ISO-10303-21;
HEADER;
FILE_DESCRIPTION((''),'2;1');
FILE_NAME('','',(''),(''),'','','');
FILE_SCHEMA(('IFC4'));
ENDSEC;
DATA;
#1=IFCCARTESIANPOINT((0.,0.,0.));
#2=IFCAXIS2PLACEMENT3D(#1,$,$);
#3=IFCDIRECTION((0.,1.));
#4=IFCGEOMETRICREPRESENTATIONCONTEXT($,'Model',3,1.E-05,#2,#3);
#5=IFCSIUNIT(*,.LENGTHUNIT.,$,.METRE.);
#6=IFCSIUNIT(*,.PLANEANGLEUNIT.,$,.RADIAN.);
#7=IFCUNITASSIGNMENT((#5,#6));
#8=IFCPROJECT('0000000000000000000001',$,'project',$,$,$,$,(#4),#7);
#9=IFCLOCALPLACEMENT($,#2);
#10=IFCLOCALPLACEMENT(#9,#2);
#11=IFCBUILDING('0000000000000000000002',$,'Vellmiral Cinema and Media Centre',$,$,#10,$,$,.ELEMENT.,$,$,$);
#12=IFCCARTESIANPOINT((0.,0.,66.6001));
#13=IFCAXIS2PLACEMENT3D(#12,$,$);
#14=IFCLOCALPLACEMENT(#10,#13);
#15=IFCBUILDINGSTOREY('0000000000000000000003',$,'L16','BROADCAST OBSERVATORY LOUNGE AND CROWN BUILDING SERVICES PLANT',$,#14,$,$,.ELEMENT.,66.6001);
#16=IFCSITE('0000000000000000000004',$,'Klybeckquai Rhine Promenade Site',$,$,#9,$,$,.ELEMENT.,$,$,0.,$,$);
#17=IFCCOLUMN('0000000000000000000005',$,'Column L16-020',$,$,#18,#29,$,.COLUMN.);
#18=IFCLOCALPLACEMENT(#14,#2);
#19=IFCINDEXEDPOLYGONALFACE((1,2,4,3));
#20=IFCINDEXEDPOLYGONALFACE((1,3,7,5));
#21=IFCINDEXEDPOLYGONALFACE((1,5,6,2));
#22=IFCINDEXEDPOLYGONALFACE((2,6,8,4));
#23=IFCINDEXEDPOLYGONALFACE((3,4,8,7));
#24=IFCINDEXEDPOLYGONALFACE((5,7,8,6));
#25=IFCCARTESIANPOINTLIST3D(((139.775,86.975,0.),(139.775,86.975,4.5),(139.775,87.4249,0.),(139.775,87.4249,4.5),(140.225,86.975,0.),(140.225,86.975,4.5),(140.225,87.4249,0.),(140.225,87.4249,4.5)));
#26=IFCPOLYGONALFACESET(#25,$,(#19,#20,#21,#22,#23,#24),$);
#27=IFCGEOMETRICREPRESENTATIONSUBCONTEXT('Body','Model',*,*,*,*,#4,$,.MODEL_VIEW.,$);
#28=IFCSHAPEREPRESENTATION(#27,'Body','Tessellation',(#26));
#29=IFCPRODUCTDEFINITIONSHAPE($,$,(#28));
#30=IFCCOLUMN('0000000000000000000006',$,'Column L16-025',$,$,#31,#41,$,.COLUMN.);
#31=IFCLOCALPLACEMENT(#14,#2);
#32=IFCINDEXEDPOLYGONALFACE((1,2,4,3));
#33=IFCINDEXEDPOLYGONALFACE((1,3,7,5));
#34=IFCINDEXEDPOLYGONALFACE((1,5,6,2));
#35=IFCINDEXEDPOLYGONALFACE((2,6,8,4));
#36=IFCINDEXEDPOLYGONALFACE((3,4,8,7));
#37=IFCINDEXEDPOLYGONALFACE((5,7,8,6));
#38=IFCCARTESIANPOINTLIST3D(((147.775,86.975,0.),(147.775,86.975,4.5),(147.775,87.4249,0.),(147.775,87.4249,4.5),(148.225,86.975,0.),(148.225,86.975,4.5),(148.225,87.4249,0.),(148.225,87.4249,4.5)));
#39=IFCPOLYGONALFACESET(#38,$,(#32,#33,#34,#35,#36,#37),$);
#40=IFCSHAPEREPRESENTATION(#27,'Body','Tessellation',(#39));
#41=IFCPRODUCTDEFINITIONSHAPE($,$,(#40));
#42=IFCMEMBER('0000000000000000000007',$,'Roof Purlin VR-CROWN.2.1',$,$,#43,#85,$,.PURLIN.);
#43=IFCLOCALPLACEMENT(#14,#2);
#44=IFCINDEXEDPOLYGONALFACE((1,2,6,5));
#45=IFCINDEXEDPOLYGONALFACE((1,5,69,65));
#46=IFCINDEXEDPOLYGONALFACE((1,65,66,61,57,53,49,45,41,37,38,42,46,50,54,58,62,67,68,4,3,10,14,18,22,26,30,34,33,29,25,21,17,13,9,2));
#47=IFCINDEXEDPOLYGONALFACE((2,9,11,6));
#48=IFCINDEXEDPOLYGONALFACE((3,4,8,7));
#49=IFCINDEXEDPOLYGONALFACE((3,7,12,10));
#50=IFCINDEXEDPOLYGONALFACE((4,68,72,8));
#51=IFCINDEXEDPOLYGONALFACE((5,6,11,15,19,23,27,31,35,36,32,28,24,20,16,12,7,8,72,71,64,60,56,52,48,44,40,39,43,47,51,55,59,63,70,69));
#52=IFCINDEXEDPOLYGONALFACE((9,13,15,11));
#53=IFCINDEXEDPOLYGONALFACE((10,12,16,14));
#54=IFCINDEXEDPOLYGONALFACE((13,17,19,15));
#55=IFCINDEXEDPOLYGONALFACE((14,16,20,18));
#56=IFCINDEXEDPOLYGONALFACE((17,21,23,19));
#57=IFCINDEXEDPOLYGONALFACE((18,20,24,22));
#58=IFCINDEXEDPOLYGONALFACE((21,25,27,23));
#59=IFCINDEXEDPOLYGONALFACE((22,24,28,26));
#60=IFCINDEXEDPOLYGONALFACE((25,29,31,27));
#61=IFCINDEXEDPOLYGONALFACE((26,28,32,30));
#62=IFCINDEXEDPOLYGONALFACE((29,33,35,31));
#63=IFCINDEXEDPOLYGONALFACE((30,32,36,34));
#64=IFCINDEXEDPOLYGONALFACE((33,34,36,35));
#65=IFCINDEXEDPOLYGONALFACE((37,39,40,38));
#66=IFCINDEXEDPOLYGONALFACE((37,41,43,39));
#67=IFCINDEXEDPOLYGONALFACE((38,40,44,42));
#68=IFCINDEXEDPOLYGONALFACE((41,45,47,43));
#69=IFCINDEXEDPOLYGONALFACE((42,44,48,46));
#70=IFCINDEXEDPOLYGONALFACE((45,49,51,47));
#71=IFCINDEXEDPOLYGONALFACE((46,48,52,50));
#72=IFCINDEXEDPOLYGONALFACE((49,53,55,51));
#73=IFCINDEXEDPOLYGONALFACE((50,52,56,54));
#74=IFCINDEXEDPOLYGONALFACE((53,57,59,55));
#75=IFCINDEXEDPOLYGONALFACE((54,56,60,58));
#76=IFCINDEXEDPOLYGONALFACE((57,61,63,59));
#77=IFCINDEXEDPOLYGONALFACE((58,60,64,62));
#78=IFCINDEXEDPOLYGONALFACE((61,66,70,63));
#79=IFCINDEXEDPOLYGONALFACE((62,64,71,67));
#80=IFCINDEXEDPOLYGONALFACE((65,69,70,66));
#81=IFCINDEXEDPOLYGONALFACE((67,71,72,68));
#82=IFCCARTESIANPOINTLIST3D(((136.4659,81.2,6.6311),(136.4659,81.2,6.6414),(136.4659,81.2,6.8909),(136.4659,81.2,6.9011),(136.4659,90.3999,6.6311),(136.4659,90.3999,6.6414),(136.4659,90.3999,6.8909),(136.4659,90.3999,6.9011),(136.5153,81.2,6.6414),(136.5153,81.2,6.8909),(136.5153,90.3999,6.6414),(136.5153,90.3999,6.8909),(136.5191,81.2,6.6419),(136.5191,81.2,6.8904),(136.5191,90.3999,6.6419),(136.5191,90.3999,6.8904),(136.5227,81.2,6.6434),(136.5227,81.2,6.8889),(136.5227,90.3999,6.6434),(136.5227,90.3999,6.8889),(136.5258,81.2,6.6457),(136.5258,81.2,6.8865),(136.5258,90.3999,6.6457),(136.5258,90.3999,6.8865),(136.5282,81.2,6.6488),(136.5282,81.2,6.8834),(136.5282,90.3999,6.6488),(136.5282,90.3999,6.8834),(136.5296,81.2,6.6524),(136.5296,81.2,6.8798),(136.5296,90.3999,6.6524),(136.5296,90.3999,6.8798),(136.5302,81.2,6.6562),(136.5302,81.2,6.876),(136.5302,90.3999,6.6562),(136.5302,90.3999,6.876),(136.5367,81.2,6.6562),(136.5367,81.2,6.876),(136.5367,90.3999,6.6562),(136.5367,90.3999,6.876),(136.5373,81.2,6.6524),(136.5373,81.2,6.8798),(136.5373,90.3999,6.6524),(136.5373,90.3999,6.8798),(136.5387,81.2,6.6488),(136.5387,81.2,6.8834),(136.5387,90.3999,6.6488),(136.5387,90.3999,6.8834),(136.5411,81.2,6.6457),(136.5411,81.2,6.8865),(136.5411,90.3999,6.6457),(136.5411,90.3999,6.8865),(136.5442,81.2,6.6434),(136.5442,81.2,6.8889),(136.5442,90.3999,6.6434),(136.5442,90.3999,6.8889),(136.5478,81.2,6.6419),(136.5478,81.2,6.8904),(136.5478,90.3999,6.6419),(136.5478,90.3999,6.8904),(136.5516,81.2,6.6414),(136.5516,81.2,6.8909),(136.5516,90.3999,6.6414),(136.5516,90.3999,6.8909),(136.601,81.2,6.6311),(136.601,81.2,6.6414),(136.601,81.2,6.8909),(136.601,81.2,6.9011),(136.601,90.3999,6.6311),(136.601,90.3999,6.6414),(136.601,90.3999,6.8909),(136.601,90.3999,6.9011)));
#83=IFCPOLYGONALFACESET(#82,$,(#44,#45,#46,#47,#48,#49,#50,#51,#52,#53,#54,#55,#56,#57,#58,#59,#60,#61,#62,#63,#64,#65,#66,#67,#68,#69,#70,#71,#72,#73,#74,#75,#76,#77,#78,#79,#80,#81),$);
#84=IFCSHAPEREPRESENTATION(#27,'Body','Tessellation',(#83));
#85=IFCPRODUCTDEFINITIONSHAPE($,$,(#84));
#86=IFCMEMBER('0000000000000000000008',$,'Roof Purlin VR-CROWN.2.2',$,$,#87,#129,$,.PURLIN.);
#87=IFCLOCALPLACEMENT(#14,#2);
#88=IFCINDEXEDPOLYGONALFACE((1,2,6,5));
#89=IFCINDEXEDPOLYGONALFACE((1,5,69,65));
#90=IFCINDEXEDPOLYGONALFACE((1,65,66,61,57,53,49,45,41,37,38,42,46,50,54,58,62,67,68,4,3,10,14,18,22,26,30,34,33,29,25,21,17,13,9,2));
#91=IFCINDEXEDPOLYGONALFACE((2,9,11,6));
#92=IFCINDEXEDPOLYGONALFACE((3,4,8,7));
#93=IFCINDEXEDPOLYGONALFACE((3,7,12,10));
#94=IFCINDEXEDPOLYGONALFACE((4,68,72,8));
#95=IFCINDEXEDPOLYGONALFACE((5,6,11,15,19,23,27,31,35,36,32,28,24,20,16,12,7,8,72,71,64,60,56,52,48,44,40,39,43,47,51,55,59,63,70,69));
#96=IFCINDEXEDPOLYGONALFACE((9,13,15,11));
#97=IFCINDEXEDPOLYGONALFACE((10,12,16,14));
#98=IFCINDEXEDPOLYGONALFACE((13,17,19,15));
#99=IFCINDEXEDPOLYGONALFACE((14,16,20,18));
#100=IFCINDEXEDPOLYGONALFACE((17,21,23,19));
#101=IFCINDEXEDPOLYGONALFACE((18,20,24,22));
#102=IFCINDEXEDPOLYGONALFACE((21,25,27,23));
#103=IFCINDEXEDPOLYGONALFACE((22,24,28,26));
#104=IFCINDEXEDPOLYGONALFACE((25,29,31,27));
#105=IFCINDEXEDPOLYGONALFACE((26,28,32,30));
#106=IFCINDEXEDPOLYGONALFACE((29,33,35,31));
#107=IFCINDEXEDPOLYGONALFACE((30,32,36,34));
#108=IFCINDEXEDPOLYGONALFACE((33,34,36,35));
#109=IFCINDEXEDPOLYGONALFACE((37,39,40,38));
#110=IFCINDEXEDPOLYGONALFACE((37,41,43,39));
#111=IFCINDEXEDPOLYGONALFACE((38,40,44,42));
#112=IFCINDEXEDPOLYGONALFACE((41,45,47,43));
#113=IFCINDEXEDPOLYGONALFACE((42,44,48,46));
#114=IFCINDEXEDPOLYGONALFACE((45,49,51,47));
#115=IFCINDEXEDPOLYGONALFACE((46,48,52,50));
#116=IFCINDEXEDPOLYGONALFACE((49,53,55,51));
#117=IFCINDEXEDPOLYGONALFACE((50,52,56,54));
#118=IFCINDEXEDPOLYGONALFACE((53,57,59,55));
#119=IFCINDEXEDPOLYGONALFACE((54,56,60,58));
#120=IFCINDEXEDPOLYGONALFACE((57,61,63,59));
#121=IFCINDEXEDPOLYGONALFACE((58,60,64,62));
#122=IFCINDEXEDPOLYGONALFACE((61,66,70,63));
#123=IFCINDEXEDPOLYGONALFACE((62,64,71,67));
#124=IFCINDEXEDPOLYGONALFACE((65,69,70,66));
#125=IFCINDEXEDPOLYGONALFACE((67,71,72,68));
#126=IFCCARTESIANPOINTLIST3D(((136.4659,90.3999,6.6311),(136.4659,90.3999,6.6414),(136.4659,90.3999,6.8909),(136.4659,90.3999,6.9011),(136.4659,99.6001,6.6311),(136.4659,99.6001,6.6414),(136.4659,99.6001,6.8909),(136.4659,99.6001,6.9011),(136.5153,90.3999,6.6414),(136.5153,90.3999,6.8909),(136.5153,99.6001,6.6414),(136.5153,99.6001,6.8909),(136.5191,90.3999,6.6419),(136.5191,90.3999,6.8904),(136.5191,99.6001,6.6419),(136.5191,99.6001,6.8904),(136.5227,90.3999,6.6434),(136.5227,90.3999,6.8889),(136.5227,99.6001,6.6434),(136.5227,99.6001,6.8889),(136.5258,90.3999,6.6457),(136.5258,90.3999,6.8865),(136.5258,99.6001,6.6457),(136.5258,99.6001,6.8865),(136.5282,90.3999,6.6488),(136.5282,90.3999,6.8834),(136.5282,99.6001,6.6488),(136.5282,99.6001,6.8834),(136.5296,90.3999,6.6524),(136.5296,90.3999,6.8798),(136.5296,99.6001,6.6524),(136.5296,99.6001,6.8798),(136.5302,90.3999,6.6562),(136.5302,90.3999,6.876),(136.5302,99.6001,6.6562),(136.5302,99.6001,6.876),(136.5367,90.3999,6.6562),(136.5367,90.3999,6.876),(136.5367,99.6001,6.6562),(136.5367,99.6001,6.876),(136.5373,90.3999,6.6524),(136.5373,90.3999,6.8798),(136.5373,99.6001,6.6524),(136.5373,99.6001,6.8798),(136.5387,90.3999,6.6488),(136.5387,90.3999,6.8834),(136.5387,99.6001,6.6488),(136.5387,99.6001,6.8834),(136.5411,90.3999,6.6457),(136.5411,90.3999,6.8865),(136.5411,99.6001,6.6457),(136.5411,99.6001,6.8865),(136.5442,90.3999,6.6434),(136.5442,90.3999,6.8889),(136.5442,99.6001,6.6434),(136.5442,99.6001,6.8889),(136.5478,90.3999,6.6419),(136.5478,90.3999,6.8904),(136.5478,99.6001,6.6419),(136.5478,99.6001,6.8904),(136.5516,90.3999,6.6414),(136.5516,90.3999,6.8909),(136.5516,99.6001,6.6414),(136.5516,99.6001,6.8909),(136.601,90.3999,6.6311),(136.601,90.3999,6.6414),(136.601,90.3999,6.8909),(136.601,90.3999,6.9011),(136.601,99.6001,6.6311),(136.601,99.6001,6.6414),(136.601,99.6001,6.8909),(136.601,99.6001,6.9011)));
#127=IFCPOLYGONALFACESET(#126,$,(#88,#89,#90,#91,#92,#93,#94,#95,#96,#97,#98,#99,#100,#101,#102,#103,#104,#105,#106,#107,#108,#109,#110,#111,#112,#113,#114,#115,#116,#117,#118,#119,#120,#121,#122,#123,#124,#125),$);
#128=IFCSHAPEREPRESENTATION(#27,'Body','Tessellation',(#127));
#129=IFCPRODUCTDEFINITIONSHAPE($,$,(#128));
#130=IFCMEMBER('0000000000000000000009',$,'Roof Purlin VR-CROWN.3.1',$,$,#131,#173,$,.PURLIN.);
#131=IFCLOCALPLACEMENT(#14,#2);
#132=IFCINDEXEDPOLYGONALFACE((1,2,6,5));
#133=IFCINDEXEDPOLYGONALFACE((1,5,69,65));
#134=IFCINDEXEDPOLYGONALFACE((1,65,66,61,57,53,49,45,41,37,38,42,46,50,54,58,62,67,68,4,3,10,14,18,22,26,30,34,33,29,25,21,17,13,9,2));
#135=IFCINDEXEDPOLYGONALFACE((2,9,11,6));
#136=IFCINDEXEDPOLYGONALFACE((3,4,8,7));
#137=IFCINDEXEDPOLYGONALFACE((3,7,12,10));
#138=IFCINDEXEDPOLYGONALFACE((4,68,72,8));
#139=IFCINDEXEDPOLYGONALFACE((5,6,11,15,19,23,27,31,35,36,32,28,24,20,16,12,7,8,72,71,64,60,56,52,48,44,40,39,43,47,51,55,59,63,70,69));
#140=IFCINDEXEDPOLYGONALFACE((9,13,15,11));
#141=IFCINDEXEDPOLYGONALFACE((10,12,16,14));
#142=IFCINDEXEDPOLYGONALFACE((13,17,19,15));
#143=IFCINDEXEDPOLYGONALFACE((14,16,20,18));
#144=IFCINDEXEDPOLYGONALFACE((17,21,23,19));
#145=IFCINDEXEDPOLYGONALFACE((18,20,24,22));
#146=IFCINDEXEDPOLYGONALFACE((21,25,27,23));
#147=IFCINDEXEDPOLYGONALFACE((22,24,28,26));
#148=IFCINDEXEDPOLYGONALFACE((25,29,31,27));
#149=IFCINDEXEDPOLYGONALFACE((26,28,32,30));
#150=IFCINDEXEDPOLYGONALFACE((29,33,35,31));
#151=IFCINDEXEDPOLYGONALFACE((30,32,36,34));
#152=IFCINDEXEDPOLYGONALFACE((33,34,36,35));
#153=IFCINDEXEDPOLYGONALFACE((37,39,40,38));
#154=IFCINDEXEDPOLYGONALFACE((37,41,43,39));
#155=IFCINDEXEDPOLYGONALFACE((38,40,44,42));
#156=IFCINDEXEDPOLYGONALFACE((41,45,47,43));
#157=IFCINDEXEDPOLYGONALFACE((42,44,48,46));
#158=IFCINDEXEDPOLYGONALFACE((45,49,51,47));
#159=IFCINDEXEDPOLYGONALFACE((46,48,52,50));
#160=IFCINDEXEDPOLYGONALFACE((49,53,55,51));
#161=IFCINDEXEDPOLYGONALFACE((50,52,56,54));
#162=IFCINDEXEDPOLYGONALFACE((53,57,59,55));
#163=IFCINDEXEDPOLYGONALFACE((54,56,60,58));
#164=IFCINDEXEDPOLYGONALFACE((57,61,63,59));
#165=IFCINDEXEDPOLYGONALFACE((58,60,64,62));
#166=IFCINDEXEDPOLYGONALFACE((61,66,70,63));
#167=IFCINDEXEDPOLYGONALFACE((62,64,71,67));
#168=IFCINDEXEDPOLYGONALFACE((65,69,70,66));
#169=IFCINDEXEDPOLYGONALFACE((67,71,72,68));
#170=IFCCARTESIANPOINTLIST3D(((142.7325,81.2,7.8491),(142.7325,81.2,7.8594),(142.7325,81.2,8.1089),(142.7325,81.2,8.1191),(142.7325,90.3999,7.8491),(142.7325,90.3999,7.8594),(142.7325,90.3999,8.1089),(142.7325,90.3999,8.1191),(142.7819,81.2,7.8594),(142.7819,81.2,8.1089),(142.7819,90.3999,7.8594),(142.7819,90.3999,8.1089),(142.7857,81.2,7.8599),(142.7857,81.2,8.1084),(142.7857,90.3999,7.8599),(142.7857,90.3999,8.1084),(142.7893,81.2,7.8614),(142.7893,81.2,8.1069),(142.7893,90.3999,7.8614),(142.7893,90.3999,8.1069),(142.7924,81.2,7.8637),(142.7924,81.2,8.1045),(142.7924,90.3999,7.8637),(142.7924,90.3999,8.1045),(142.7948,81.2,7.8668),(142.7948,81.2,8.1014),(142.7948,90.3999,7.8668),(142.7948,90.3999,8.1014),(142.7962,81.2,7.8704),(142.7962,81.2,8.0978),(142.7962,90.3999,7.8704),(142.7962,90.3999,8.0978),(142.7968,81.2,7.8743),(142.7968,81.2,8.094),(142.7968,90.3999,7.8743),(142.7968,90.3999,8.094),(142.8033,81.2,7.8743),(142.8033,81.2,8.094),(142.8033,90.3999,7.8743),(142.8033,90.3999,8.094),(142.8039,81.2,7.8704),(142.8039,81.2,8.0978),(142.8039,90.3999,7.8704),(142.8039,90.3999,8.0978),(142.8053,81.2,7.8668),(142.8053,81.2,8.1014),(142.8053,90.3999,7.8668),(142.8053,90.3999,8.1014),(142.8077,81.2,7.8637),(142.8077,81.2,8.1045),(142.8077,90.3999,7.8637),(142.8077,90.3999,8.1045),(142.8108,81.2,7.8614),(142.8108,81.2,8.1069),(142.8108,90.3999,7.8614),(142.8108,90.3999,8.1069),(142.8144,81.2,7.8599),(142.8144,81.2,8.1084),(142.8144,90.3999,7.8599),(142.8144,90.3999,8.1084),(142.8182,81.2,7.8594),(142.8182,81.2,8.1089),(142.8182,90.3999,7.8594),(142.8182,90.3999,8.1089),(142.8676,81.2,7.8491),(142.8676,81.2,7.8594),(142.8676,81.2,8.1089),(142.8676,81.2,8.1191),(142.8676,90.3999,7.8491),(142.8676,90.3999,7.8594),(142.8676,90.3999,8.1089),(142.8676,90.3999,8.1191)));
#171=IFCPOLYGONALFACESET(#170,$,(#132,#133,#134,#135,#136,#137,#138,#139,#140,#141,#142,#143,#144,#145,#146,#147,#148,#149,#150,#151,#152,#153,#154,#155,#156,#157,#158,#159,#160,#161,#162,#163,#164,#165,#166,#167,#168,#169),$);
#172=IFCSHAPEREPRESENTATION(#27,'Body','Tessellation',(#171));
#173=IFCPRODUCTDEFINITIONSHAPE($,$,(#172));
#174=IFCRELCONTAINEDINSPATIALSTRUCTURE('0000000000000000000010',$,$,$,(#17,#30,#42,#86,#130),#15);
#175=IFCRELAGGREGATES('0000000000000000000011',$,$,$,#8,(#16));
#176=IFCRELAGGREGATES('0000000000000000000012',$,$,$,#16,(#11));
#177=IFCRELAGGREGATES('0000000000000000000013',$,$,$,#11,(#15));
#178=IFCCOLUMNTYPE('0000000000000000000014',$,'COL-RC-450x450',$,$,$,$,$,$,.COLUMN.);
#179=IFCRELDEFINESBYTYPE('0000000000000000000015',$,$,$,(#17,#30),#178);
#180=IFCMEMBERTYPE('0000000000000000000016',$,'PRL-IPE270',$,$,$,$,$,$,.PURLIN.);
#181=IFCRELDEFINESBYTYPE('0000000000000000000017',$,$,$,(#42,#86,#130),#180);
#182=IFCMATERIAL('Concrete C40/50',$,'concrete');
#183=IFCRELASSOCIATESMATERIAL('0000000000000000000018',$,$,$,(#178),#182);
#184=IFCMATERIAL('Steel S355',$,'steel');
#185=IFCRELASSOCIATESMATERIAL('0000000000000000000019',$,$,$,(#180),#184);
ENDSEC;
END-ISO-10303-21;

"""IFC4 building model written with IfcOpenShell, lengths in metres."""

from ifc_helpers import new_model, si_unit, direction, frame, origin, origin_2d, place, context, subcontext, project, spatial, rectangle, i_section, extrude, material, material_profile, profile_set, type_object, element, save


model = new_model("IFC4")

# Units and contexts
model_context = context("Model", 3, precision=1e-05, world=origin(), true_north=direction((0.0, 1.0)))
body_context = subcontext(model_context, "Body", "Model", "MODEL_VIEW")
ifc_project = project(units=[si_unit("LENGTHUNIT", "METRE"), si_unit("PLANEANGLEUNIT", "RADIAN")], contexts=[model_context])

# Site, building, storey
site_placement = place(None, origin())
site = spatial("IfcSite", under=ifc_project, at=site_placement, Name="Klybeckquai Rhine Promenade Site", CompositionType="ELEMENT", RefElevation=0.0)
building_placement = place(site_placement, origin())
building = spatial("IfcBuilding", under=site, at=building_placement, Name="Vellmiral Cinema and Media Centre", CompositionType="ELEMENT")
storey_placement = place(building_placement, frame((0.0, 0.0, 66.6001)))
storey = spatial("IfcBuildingStorey", under=building, at=storey_placement, Name="L16", Description="BROADCAST OBSERVATORY LOUNGE AND CROWN BUILDING SERVICES PLANT", CompositionType="ELEMENT", Elevation=66.6001)

# Columns
ifc_material_1 = material(Name="Concrete C40/50", Category="concrete")
ifc_material_profile_1 = material_profile(ifc_material_1, rectangle(XDim=0.45, YDim=0.45, at=origin_2d()), Name="RC 450x450")
ifc_profile_set_1 = profile_set([ifc_material_profile_1], Name="Concrete C40/50")
column_type = type_object("IfcColumnType", Name="COL-RC-450x450", PredefinedType="COLUMN", material=ifc_profile_set_1)
for number, where, z_axis, x_axis, name in (
    (1, (140.0, 87.2, 0.0), (0.0, 0.0, 1.0), (1.0, 0.0, 0.0), "Column L16-020"),
    (2, (148.0, 87.2, 0.0), (0.0, 0.0, 1.0), (1.0, 0.0, 0.0), "Column L16-025"),
):
    element("IfcColumn", number, at=place(storey_placement, frame(where, z_axis=z_axis, x_axis=x_axis)), inside=storey, type_object=column_type, Name=name, PredefinedType="COLUMN", context=body_context, shape_type="SweptSolid", body=[
        extrude(rectangle(XDim=0.45, YDim=0.45, at=origin_2d()), origin(), (0.0, 0.0, 1.0), 4.5),
    ])

# Members
ifc_material_2 = material(Name="Steel S355", Category="steel")
ifc_material_profile_2 = material_profile(ifc_material_2, i_section(OverallWidth=0.135, OverallDepth=0.27, WebThickness=0.0066, FlangeThickness=0.0103, FilletRadius=0.0149, at=origin_2d()), Name="IPE 270")
ifc_profile_set_2 = profile_set([ifc_material_profile_2], Name="Steel S355")
member_type_1 = type_object("IfcMemberType", Name="PRL-IPE270", PredefinedType="PURLIN", material=ifc_profile_set_2)
member_1_placement = place(storey_placement, frame((136.5334, 81.2, 6.7661), z_axis=(0.0, 1.0, 0.0), x_axis=(-1.0, 0.0, 0.0)))
element("IfcMember", 3, at=member_1_placement, inside=storey, type_object=member_type_1, Name="Roof Purlin VR-CROWN.2.1", PredefinedType="PURLIN", context=body_context, shape_type="SweptSolid", body=[
    extrude(i_section(OverallWidth=0.135, OverallDepth=0.27, WebThickness=0.0066, FlangeThickness=0.0103, FilletRadius=0.0149, at=origin_2d()), origin(), (0.0, 0.0, 1.0), 9.2),
])
member_2_placement = place(storey_placement, frame((136.5334, 90.3999, 6.7661), z_axis=(0.0, 1.0, 0.0), x_axis=(-1.0, 0.0, 0.0)))
element("IfcMember", 4, at=member_2_placement, inside=storey, type_object=member_type_1, Name="Roof Purlin VR-CROWN.2.2", PredefinedType="PURLIN", context=body_context, shape_type="SweptSolid", body=[
    extrude(i_section(OverallWidth=0.135, OverallDepth=0.27, WebThickness=0.0066, FlangeThickness=0.0103, FilletRadius=0.0149, at=origin_2d()), origin(), (0.0, 0.0, 1.0), 9.2002),
])
for number, where, z_axis, x_axis, name in (
    (5, (142.8, 81.2, 7.9841), (0.0, 1.0, 0.0), (-1.0, 0.0, 0.0), "Roof Purlin VR-CROWN.3.1"),
):
    element("IfcMember", number, at=place(storey_placement, frame(where, z_axis=z_axis, x_axis=x_axis)), inside=storey, type_object=member_type_1, Name=name, PredefinedType="PURLIN", context=body_context, shape_type="SweptSolid", body=[
        extrude(i_section(OverallWidth=0.135, OverallDepth=0.27, WebThickness=0.0066, FlangeThickness=0.0103, FilletRadius=0.0149, at=origin_2d()), origin(), (0.0, 0.0, 1.0), 9.2),
    ])

save(model, "model.ifc")
